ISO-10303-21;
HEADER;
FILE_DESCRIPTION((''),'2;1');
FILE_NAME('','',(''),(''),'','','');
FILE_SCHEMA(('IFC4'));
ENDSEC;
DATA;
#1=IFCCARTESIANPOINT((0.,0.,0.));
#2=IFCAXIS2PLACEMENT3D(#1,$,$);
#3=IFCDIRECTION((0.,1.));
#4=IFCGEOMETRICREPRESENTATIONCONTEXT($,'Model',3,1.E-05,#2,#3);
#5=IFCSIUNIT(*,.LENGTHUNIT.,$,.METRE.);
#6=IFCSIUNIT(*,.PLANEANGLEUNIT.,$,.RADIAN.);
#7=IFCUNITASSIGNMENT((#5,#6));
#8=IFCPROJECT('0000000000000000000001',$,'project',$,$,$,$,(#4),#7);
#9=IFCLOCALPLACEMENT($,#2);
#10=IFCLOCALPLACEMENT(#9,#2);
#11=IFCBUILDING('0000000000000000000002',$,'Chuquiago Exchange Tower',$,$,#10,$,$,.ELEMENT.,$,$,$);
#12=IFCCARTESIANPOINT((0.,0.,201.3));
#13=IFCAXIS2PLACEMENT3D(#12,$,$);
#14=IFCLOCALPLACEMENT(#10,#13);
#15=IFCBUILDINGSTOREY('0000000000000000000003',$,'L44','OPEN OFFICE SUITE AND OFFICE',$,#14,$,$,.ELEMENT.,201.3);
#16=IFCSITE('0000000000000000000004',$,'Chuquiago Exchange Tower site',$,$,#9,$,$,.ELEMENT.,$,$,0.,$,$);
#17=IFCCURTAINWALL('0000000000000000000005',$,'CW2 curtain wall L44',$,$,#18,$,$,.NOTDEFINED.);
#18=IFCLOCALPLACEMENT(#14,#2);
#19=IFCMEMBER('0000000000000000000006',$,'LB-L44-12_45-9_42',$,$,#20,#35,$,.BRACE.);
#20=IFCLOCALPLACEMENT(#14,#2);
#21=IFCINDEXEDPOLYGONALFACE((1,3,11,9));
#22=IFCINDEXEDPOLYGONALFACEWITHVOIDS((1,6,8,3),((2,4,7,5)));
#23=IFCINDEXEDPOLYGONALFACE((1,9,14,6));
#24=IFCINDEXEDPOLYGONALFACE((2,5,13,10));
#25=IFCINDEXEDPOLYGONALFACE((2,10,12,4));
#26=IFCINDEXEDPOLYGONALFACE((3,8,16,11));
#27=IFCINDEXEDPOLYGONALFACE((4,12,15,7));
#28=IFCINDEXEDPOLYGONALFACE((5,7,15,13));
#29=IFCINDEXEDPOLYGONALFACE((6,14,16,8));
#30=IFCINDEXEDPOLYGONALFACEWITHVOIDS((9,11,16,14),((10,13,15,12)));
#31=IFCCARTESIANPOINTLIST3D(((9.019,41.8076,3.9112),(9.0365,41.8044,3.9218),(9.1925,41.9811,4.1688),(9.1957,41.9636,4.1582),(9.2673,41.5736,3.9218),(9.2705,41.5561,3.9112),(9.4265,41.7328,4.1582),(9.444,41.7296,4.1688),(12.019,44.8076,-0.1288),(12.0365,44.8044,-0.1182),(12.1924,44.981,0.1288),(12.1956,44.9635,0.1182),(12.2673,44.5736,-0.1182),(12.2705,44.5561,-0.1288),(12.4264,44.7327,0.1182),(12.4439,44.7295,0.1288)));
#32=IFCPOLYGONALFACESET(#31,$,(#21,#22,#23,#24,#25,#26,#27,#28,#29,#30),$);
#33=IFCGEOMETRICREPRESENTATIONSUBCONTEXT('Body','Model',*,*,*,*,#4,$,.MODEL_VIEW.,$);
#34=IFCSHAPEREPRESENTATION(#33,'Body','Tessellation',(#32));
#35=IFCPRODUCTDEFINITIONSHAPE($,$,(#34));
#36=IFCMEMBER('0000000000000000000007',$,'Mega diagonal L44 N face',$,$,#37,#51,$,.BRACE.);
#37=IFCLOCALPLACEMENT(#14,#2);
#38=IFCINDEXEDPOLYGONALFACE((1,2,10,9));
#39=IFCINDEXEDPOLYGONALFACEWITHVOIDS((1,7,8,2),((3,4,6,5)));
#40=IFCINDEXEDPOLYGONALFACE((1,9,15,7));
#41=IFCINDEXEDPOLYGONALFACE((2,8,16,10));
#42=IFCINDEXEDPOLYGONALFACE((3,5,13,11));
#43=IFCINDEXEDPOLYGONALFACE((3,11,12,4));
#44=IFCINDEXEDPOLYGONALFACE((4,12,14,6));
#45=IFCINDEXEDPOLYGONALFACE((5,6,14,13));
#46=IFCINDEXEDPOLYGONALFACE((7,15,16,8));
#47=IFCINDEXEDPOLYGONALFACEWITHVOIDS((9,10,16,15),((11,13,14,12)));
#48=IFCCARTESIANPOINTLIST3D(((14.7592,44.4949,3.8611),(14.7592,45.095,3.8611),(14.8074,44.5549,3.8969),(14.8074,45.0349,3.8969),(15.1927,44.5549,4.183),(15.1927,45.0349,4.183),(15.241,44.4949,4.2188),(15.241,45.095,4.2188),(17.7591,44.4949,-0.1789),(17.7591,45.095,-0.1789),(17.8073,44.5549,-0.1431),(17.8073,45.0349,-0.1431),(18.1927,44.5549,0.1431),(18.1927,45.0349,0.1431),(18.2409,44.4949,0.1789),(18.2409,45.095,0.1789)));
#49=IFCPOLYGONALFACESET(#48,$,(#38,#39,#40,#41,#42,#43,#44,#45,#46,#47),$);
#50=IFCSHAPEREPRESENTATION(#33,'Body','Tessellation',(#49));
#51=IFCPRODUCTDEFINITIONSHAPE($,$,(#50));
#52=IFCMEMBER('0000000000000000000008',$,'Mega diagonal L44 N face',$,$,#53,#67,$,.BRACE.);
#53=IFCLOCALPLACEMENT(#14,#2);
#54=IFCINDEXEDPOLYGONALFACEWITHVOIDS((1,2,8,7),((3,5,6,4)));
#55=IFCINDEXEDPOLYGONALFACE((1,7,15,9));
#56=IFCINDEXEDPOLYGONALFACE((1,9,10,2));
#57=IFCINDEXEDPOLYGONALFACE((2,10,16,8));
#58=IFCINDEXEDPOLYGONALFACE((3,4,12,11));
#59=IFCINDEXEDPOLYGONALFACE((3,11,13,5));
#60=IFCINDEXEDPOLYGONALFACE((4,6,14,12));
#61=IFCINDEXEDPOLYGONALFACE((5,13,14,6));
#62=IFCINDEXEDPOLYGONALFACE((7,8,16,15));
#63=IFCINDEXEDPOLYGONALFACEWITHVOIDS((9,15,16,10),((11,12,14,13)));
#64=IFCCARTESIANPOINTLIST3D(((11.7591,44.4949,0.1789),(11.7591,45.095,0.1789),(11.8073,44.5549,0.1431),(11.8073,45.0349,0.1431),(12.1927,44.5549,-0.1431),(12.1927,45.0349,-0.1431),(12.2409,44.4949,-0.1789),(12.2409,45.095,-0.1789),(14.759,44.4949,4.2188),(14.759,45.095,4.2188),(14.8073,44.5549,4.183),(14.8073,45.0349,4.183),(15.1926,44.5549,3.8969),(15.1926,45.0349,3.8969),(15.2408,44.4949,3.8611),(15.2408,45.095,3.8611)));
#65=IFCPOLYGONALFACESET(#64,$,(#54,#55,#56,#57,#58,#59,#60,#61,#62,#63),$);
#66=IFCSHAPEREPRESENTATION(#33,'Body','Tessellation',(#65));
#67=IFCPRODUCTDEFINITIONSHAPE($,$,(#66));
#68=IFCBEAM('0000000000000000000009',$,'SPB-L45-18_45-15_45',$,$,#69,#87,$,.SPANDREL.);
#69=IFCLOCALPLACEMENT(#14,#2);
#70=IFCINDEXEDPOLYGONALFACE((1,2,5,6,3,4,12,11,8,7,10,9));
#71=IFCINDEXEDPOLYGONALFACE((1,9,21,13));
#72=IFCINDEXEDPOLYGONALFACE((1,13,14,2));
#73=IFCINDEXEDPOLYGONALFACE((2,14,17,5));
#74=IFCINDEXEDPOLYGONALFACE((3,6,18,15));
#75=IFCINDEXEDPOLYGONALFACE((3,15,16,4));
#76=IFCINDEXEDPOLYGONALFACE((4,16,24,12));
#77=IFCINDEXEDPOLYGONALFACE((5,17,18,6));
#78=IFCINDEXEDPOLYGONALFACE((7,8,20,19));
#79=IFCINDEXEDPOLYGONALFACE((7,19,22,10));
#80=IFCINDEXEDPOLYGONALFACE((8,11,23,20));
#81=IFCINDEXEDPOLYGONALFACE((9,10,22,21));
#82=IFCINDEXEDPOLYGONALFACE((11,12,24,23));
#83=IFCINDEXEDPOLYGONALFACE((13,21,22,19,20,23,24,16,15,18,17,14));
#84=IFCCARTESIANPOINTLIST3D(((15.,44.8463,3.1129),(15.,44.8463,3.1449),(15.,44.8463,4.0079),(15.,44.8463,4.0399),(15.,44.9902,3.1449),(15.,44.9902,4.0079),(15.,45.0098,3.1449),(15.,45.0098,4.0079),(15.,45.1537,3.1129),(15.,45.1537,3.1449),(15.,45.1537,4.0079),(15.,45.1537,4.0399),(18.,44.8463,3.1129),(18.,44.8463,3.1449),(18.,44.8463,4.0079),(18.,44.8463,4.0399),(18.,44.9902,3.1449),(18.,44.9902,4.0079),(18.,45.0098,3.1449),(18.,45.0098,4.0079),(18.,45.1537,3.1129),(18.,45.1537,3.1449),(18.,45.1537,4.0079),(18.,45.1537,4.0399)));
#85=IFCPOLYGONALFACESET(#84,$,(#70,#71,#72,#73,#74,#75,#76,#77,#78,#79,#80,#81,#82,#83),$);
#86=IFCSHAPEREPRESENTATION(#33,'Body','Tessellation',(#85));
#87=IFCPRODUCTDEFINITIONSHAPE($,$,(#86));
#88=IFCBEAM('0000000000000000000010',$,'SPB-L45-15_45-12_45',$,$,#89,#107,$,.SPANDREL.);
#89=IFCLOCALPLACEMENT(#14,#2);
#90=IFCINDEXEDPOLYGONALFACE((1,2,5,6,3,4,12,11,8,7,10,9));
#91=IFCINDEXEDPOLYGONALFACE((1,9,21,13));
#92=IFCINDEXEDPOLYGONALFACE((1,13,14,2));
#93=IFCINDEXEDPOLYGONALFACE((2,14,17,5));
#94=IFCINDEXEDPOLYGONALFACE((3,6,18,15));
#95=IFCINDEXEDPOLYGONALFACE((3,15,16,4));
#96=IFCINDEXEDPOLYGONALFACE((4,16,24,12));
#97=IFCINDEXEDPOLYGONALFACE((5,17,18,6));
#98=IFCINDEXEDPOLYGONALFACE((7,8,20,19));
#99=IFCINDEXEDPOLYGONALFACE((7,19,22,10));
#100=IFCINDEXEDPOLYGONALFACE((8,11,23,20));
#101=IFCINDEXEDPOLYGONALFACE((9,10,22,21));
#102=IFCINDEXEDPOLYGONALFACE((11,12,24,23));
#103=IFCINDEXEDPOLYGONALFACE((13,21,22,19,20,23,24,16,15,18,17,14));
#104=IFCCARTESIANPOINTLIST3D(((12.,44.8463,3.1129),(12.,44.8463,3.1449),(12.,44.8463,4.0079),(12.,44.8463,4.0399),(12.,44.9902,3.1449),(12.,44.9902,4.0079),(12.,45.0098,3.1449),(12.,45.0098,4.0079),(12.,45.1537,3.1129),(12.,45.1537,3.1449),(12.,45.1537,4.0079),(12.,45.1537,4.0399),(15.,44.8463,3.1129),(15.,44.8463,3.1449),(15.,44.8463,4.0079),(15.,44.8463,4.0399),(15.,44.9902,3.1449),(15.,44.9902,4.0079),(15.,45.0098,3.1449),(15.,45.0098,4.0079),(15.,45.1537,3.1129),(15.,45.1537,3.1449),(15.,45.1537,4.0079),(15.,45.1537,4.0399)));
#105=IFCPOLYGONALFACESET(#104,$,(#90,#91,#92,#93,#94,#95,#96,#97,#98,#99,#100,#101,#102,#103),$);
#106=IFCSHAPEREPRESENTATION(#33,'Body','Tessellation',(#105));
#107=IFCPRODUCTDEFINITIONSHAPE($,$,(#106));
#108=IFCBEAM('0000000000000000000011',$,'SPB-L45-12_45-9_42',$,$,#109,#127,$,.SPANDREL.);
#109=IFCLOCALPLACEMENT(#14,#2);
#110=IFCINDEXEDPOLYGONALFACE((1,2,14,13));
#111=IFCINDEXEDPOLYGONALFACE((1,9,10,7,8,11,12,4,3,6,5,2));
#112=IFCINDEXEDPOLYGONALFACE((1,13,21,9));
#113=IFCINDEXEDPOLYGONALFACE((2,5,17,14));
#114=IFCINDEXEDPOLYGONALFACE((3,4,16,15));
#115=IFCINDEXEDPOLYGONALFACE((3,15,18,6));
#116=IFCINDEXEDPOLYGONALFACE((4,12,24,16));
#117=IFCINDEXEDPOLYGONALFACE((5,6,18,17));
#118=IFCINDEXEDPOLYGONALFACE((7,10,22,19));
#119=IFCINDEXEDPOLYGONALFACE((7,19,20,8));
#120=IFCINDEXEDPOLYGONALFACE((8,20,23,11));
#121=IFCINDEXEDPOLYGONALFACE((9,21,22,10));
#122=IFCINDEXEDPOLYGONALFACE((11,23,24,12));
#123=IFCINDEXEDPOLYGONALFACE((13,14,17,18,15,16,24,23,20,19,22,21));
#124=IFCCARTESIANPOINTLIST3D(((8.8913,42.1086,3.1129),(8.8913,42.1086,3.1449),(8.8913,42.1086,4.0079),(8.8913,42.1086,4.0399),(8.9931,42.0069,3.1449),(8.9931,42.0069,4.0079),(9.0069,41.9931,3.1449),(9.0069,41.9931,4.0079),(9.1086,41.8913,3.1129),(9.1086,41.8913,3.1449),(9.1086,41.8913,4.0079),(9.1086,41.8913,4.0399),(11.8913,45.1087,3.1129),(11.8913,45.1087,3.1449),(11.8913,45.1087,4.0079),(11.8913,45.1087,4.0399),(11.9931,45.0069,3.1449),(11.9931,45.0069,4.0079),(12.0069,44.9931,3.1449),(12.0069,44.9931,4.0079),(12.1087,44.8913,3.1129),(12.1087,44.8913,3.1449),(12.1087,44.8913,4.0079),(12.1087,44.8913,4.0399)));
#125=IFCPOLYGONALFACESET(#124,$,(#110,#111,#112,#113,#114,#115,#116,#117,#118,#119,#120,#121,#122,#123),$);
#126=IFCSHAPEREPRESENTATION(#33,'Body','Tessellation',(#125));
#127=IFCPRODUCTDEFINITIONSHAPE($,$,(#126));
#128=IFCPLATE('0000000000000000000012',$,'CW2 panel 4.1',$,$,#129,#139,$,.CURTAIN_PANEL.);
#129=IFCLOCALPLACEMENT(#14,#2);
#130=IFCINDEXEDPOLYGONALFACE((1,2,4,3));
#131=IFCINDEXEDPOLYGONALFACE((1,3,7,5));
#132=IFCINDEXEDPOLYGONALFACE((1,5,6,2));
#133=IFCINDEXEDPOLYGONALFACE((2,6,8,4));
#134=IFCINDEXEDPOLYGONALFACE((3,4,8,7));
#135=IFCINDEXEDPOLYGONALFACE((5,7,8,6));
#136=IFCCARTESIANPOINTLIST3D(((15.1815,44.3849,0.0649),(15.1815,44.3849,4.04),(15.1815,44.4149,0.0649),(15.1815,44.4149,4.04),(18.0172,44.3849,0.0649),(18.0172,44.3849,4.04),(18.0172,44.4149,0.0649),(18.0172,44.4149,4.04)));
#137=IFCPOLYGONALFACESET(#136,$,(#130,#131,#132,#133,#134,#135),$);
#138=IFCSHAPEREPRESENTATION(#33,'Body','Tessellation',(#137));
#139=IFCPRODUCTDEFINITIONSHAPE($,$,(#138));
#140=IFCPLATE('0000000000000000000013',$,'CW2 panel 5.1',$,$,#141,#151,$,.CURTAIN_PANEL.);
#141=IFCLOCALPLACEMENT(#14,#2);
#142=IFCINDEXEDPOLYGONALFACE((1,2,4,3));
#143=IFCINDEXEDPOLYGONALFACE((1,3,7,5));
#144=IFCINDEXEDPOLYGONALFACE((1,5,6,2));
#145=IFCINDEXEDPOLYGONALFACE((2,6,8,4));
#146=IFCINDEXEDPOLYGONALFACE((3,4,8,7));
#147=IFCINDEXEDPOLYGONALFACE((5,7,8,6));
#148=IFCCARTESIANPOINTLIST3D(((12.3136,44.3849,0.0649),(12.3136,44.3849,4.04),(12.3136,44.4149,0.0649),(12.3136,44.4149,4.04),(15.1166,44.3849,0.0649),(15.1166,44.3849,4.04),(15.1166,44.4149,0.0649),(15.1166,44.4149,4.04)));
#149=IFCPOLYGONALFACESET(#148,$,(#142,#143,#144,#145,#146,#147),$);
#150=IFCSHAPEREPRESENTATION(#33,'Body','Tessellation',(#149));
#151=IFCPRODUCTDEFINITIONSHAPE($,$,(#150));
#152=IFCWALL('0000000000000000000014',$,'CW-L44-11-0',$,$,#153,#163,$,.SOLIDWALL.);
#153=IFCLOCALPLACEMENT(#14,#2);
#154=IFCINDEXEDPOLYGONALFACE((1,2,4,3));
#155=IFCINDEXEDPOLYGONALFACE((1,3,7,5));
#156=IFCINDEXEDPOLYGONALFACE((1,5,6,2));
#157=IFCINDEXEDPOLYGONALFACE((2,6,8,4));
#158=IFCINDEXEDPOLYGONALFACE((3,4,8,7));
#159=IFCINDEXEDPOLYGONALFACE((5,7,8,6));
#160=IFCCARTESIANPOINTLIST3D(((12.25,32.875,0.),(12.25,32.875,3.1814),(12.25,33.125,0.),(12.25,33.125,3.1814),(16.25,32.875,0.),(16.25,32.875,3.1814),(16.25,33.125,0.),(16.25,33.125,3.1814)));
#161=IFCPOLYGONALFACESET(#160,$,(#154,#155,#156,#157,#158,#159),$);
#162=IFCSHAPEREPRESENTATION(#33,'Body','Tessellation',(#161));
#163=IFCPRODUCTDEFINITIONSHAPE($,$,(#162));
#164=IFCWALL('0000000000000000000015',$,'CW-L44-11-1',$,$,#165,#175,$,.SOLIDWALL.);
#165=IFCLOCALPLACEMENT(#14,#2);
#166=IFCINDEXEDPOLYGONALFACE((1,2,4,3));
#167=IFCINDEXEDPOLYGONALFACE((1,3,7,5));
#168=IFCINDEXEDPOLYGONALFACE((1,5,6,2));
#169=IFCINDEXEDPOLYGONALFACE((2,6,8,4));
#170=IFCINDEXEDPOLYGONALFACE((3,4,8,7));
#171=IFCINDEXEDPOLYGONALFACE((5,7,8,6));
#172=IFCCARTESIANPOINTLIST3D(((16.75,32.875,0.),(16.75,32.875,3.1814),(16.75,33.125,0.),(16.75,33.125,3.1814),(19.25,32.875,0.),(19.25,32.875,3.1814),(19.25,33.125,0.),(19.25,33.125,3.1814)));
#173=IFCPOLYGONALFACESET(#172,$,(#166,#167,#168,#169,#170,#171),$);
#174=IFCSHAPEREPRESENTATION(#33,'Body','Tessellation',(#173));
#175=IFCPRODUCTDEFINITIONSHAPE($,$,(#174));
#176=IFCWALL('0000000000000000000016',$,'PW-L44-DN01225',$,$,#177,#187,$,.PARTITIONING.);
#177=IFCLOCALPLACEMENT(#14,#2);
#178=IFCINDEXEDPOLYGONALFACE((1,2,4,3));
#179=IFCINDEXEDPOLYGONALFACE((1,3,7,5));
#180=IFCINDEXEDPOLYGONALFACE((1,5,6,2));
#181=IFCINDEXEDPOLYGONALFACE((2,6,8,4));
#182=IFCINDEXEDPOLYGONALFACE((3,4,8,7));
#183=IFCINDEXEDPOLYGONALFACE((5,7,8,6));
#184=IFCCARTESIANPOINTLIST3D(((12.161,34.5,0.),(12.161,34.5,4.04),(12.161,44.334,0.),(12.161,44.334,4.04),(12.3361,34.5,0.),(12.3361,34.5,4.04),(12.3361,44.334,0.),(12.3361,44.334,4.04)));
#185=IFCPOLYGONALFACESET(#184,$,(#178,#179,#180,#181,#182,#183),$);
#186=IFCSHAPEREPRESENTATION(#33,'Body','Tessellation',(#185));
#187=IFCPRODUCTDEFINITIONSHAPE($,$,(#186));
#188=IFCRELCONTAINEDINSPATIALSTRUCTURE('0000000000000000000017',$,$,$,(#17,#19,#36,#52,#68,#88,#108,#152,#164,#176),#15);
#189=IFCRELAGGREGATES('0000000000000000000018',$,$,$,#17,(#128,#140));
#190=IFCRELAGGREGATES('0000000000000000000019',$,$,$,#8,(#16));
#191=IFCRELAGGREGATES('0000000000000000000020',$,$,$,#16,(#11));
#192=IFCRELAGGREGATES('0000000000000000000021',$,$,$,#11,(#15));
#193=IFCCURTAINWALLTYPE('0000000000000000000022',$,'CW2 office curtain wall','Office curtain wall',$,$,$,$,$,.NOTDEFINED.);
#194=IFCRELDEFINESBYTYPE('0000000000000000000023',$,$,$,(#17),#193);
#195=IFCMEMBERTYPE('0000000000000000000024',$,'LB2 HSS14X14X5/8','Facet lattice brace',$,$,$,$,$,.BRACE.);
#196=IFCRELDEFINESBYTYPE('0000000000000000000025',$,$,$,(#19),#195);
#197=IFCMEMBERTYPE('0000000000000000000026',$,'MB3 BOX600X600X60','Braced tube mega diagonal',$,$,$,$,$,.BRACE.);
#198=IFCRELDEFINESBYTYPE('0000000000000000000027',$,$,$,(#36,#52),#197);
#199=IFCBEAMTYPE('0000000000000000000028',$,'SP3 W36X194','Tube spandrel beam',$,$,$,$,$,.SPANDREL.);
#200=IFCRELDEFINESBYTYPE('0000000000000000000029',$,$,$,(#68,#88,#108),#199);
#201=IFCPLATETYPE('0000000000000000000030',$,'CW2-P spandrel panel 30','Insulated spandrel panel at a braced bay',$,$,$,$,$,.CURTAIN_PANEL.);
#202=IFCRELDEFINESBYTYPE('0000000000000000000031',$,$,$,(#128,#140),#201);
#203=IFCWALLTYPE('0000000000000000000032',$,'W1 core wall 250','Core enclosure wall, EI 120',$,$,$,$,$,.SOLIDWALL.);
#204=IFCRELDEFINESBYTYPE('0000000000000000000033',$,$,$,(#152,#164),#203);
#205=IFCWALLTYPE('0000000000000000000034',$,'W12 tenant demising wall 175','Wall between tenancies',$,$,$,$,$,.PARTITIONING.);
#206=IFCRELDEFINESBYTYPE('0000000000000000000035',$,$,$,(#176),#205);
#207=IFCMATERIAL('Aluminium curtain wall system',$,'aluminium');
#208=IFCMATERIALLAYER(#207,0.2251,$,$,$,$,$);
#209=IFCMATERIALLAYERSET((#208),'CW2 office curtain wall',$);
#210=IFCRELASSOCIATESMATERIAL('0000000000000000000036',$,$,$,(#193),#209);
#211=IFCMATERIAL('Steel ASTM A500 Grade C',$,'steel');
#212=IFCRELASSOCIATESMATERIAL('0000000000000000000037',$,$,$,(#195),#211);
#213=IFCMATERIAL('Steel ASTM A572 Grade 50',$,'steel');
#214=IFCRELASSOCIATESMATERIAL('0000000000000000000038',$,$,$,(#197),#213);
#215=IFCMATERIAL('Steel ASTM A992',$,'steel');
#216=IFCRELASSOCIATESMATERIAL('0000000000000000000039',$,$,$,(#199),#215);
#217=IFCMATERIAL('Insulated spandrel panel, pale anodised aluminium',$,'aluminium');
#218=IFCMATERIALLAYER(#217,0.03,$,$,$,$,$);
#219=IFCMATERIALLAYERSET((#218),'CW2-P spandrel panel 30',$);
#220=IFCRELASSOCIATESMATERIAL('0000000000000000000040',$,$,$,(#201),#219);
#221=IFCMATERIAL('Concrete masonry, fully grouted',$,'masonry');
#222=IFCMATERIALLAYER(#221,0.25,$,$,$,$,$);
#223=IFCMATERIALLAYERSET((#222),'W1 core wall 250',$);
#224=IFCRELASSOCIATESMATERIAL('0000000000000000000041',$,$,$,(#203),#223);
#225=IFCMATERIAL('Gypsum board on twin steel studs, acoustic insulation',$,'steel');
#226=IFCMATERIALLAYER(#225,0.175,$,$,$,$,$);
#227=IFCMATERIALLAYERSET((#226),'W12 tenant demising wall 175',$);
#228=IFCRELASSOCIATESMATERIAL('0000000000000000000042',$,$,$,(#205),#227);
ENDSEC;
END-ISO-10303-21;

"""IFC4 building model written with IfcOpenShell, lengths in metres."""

from ifc_helpers import new_model, si_unit, direction, frame, frame_2d, origin, origin_2d, place, context, subcontext, project, spatial, rectangle, hollow_rectangle, i_section, extrude, material, layer, layer_set, material_profile, profile_set, type_object, element, aggregate, save


model = new_model("IFC4")

# Units and contexts
model_context = context("Model", 3, precision=1e-05, world=origin(), true_north=direction((0.0, 1.0)))
body_context = subcontext(model_context, "Body", "Model", "MODEL_VIEW")
ifc_project = project(units=[si_unit("LENGTHUNIT", "METRE"), si_unit("PLANEANGLEUNIT", "RADIAN")], contexts=[model_context])

# Site, building, storey
site_placement = place(None, origin())
site = spatial("IfcSite", under=ifc_project, at=site_placement, Name="Chuquiago Exchange Tower site", CompositionType="ELEMENT", RefElevation=0.0)
building_placement = place(site_placement, origin())
building = spatial("IfcBuilding", under=site, at=building_placement, Name="Chuquiago Exchange Tower", CompositionType="ELEMENT")
storey_placement = place(building_placement, frame((0.0, 0.0, 201.3)))
storey = spatial("IfcBuildingStorey", under=building, at=storey_placement, Name="L44", Description="OPEN OFFICE SUITE AND OFFICE", CompositionType="ELEMENT", Elevation=201.3)

# Curtain wall
ifc_material_1 = material(Name="Aluminium curtain wall system", Category="aluminium")
ifc_layer_1 = layer(ifc_material_1, 0.2251)
ifc_layer_set_1 = layer_set([ifc_layer_1], Name="CW2 office curtain wall")
curtain_wall_type_1 = type_object("IfcCurtainWallType", Name="CW2 office curtain wall", Description="Office curtain wall", PredefinedType="NOTDEFINED", material=ifc_layer_set_1)
curtain_wall_1_placement = place(storey_placement, origin())
curtain_wall_1 = element("IfcCurtainWall", 1, at=curtain_wall_1_placement, inside=storey, type_object=curtain_wall_type_1, Name="CW2 curtain wall L44", PredefinedType="NOTDEFINED")

# Members
ifc_material_2 = material(Name="Steel ASTM A500 Grade C", Category="steel")
ifc_material_profile_1 = material_profile(ifc_material_2, hollow_rectangle(XDim=0.3557, YDim=0.3557, WallThickness=0.0146, at=origin_2d()), Name="HSS14X14X5/8")
ifc_profile_set_1 = profile_set([ifc_material_profile_1], Name="Steel ASTM A500 Grade C")
member_type_1 = type_object("IfcMemberType", Name="LB2 HSS14X14X5/8", Description="Facet lattice brace", PredefinedType="BRACE", material=ifc_profile_set_1)
member_1_placement = place(storey_placement, frame((12.2314, 44.7686, 0.0), z_axis=(-0.512077, -0.512077, 0.689604), x_axis=(0.707107, -0.707107, 0.0)))
element("IfcMember", 2, at=member_1_placement, inside=storey, type_object=member_type_1, Name="LB-L44-12_45-9_42", PredefinedType="BRACE", context=body_context, shape_type="SweptSolid", body=[
    extrude(hollow_rectangle(XDim=0.3557, YDim=0.3557, WallThickness=0.0146, at=origin_2d()), origin(), (0.0, 0.0, 1.0), 5.8584),
])
ifc_material_3 = material(Name="Steel ASTM A572 Grade 50", Category="steel")
ifc_material_profile_2 = material_profile(ifc_material_3, hollow_rectangle(XDim=0.6001, YDim=0.6001, WallThickness=0.0601, at=origin_2d()), Name="BOX600X600X60")
ifc_profile_set_2 = profile_set([ifc_material_profile_2], Name="Steel ASTM A572 Grade 50")
member_type_2 = type_object("IfcMemberType", Name="MB3 BOX600X600X60", Description="Braced tube mega diagonal", PredefinedType="BRACE", material=ifc_profile_set_2)
for number, where, z_axis, x_axis, name in (
    (3, (18.0, 44.7949, 0.0), (-0.596174, 0.0, 0.802855), (0.0, -1.0, 0.0), "Mega diagonal L44 N face"),
    (4, (12.0, 44.7949, 0.0), (0.596174, 0.0, 0.802855), (0.0, 1.0, 0.0), "Mega diagonal L44 N face"),
):
    element("IfcMember", number, at=place(storey_placement, frame(where, z_axis=z_axis, x_axis=x_axis)), inside=storey, type_object=member_type_2, Name=name, PredefinedType="BRACE", context=body_context, shape_type="SweptSolid", body=[
        extrude(hollow_rectangle(XDim=0.6001, YDim=0.6001, WallThickness=0.0601, at=origin_2d()), origin(), (0.0, 0.0, 1.0), 5.032),
    ])

# Beams
ifc_material_4 = material(Name="Steel ASTM A992", Category="steel")
ifc_material_profile_3 = material_profile(ifc_material_4, i_section(OverallWidth=0.3074, OverallDepth=0.927, WebThickness=0.0195, FlangeThickness=0.032, at=origin_2d()), Name="W36X194")
ifc_profile_set_3 = profile_set([ifc_material_profile_3], Name="Steel ASTM A992")
beam_type_1 = type_object("IfcBeamType", Name="SP3 W36X194", Description="Tube spandrel beam", PredefinedType="SPANDREL", material=ifc_profile_set_3)
for number, where, z_axis, x_axis, name in (
    (5, (18.0, 45.0, 3.5764), (-1.0, 0.0, 0.0), (0.0, -1.0, 0.0), "SPB-L45-18_45-15_45"),
    (6, (15.0, 45.0, 3.5764), (-1.0, 0.0, 0.0), (0.0, -1.0, 0.0), "SPB-L45-15_45-12_45"),
):
    element("IfcBeam", number, at=place(storey_placement, frame(where, z_axis=z_axis, x_axis=x_axis)), inside=storey, type_object=beam_type_1, Name=name, PredefinedType="SPANDREL", context=body_context, shape_type="SweptSolid", body=[
        extrude(i_section(OverallWidth=0.3074, OverallDepth=0.927, WebThickness=0.0195, FlangeThickness=0.032, at=origin_2d()), origin(), (0.0, 0.0, 1.0), 3.0),
    ])
beam_1_placement = place(storey_placement, frame((12.0, 45.0, 3.5764), z_axis=(-0.707107, -0.707107, 0.0), x_axis=(0.707107, -0.707107, 0.0)))
element("IfcBeam", 7, at=beam_1_placement, inside=storey, type_object=beam_type_1, Name="SPB-L45-12_45-9_42", PredefinedType="SPANDREL", context=body_context, shape_type="SweptSolid", body=[
    extrude(i_section(OverallWidth=0.3074, OverallDepth=0.927, WebThickness=0.0195, FlangeThickness=0.032, at=origin_2d()), origin(), (0.0, 0.0, 1.0), 4.2427),
])

# Plates
ifc_material_5 = material(Name="Insulated spandrel panel, pale anodised aluminium", Category="aluminium")
ifc_layer_2 = layer(ifc_material_5, 0.03)
ifc_layer_set_2 = layer_set([ifc_layer_2], Name="CW2-P spandrel panel 30")
plate_type = type_object("IfcPlateType", Name="CW2-P spandrel panel 30", Description="Insulated spandrel panel at a braced bay", PredefinedType="CURTAIN_PANEL", material=ifc_layer_set_2)
plate_1_placement = place(storey_placement, frame((16.5994, 44.3999, 0.0649), z_axis=(0.0, 0.0, 1.0), x_axis=(-1.0, 0.0, 0.0)))
plate_1 = element("IfcPlate", 8, at=plate_1_placement, type_object=plate_type, Name="CW2 panel 4.1", PredefinedType="CURTAIN_PANEL", context=body_context, shape_type="SweptSolid", body=[
    extrude(rectangle(XDim=2.8357, YDim=0.03, at=origin_2d()), origin(), (0.0, 0.0, 1.0), 3.9751),
])
plate_2_placement = place(storey_placement, frame((13.7151, 44.3999, 0.0649), z_axis=(0.0, 0.0, 1.0), x_axis=(-1.0, 0.0, 0.0)))
plate_2 = element("IfcPlate", 9, at=plate_2_placement, type_object=plate_type, Name="CW2 panel 5.1", PredefinedType="CURTAIN_PANEL", context=body_context, shape_type="SweptSolid", body=[
    extrude(rectangle(XDim=2.803, YDim=0.03, at=origin_2d()), origin(), (0.0, 0.0, 1.0), 3.9751),
])
aggregate(curtain_wall_1, [plate_1, plate_2])

# Walls
ifc_material_6 = material(Name="Concrete masonry, fully grouted", Category="masonry")
ifc_layer_3 = layer(ifc_material_6, 0.25)
ifc_layer_set_3 = layer_set([ifc_layer_3], Name="W1 core wall 250")
wall_type_1 = type_object("IfcWallType", Name="W1 core wall 250", Description="Core enclosure wall, EI 120", PredefinedType="SOLIDWALL", material=ifc_layer_set_3)
wall_1_placement = place(storey_placement, frame((12.25, 33.0, 0.0), z_axis=(0.0, 0.0, 1.0), x_axis=(1.0, 0.0, 0.0)))
element("IfcWall", 10, at=wall_1_placement, inside=storey, type_object=wall_type_1, Name="CW-L44-11-0", PredefinedType="SOLIDWALL", context=body_context, shape_type="SweptSolid", body=[
    extrude(rectangle(XDim=4.0, YDim=0.25, at=frame_2d((2.0, 0.0))), origin(), (0.0, 0.0, 1.0), 3.1814),
])
wall_2_placement = place(storey_placement, frame((16.75, 33.0, 0.0), z_axis=(0.0, 0.0, 1.0), x_axis=(1.0, 0.0, 0.0)))
element("IfcWall", 11, at=wall_2_placement, inside=storey, type_object=wall_type_1, Name="CW-L44-11-1", PredefinedType="SOLIDWALL", context=body_context, shape_type="SweptSolid", body=[
    extrude(rectangle(XDim=2.5, YDim=0.25, at=frame_2d((1.25, 0.0))), origin(), (0.0, 0.0, 1.0), 3.1814),
])
ifc_material_7 = material(Name="Gypsum board on twin steel studs, acoustic insulation", Category="steel")
ifc_layer_4 = layer(ifc_material_7, 0.175)
ifc_layer_set_4 = layer_set([ifc_layer_4], Name="W12 tenant demising wall 175")
wall_type_2 = type_object("IfcWallType", Name="W12 tenant demising wall 175", Description="Wall between tenancies", PredefinedType="PARTITIONING", material=ifc_layer_set_4)
wall_3_placement = place(storey_placement, frame((12.2485, 44.334, 0.0), z_axis=(0.0, 0.0, 1.0), x_axis=(0.0, -1.0, 0.0)))
element("IfcWall", 12, at=wall_3_placement, inside=storey, type_object=wall_type_2, Name="PW-L44-DN01225", PredefinedType="PARTITIONING", context=body_context, shape_type="SweptSolid", body=[
    extrude(rectangle(XDim=9.834, YDim=0.175, at=frame_2d((4.917, 0.0))), origin(), (0.0, 0.0, 1.0), 4.04),
])

save(model, "model.ifc")
